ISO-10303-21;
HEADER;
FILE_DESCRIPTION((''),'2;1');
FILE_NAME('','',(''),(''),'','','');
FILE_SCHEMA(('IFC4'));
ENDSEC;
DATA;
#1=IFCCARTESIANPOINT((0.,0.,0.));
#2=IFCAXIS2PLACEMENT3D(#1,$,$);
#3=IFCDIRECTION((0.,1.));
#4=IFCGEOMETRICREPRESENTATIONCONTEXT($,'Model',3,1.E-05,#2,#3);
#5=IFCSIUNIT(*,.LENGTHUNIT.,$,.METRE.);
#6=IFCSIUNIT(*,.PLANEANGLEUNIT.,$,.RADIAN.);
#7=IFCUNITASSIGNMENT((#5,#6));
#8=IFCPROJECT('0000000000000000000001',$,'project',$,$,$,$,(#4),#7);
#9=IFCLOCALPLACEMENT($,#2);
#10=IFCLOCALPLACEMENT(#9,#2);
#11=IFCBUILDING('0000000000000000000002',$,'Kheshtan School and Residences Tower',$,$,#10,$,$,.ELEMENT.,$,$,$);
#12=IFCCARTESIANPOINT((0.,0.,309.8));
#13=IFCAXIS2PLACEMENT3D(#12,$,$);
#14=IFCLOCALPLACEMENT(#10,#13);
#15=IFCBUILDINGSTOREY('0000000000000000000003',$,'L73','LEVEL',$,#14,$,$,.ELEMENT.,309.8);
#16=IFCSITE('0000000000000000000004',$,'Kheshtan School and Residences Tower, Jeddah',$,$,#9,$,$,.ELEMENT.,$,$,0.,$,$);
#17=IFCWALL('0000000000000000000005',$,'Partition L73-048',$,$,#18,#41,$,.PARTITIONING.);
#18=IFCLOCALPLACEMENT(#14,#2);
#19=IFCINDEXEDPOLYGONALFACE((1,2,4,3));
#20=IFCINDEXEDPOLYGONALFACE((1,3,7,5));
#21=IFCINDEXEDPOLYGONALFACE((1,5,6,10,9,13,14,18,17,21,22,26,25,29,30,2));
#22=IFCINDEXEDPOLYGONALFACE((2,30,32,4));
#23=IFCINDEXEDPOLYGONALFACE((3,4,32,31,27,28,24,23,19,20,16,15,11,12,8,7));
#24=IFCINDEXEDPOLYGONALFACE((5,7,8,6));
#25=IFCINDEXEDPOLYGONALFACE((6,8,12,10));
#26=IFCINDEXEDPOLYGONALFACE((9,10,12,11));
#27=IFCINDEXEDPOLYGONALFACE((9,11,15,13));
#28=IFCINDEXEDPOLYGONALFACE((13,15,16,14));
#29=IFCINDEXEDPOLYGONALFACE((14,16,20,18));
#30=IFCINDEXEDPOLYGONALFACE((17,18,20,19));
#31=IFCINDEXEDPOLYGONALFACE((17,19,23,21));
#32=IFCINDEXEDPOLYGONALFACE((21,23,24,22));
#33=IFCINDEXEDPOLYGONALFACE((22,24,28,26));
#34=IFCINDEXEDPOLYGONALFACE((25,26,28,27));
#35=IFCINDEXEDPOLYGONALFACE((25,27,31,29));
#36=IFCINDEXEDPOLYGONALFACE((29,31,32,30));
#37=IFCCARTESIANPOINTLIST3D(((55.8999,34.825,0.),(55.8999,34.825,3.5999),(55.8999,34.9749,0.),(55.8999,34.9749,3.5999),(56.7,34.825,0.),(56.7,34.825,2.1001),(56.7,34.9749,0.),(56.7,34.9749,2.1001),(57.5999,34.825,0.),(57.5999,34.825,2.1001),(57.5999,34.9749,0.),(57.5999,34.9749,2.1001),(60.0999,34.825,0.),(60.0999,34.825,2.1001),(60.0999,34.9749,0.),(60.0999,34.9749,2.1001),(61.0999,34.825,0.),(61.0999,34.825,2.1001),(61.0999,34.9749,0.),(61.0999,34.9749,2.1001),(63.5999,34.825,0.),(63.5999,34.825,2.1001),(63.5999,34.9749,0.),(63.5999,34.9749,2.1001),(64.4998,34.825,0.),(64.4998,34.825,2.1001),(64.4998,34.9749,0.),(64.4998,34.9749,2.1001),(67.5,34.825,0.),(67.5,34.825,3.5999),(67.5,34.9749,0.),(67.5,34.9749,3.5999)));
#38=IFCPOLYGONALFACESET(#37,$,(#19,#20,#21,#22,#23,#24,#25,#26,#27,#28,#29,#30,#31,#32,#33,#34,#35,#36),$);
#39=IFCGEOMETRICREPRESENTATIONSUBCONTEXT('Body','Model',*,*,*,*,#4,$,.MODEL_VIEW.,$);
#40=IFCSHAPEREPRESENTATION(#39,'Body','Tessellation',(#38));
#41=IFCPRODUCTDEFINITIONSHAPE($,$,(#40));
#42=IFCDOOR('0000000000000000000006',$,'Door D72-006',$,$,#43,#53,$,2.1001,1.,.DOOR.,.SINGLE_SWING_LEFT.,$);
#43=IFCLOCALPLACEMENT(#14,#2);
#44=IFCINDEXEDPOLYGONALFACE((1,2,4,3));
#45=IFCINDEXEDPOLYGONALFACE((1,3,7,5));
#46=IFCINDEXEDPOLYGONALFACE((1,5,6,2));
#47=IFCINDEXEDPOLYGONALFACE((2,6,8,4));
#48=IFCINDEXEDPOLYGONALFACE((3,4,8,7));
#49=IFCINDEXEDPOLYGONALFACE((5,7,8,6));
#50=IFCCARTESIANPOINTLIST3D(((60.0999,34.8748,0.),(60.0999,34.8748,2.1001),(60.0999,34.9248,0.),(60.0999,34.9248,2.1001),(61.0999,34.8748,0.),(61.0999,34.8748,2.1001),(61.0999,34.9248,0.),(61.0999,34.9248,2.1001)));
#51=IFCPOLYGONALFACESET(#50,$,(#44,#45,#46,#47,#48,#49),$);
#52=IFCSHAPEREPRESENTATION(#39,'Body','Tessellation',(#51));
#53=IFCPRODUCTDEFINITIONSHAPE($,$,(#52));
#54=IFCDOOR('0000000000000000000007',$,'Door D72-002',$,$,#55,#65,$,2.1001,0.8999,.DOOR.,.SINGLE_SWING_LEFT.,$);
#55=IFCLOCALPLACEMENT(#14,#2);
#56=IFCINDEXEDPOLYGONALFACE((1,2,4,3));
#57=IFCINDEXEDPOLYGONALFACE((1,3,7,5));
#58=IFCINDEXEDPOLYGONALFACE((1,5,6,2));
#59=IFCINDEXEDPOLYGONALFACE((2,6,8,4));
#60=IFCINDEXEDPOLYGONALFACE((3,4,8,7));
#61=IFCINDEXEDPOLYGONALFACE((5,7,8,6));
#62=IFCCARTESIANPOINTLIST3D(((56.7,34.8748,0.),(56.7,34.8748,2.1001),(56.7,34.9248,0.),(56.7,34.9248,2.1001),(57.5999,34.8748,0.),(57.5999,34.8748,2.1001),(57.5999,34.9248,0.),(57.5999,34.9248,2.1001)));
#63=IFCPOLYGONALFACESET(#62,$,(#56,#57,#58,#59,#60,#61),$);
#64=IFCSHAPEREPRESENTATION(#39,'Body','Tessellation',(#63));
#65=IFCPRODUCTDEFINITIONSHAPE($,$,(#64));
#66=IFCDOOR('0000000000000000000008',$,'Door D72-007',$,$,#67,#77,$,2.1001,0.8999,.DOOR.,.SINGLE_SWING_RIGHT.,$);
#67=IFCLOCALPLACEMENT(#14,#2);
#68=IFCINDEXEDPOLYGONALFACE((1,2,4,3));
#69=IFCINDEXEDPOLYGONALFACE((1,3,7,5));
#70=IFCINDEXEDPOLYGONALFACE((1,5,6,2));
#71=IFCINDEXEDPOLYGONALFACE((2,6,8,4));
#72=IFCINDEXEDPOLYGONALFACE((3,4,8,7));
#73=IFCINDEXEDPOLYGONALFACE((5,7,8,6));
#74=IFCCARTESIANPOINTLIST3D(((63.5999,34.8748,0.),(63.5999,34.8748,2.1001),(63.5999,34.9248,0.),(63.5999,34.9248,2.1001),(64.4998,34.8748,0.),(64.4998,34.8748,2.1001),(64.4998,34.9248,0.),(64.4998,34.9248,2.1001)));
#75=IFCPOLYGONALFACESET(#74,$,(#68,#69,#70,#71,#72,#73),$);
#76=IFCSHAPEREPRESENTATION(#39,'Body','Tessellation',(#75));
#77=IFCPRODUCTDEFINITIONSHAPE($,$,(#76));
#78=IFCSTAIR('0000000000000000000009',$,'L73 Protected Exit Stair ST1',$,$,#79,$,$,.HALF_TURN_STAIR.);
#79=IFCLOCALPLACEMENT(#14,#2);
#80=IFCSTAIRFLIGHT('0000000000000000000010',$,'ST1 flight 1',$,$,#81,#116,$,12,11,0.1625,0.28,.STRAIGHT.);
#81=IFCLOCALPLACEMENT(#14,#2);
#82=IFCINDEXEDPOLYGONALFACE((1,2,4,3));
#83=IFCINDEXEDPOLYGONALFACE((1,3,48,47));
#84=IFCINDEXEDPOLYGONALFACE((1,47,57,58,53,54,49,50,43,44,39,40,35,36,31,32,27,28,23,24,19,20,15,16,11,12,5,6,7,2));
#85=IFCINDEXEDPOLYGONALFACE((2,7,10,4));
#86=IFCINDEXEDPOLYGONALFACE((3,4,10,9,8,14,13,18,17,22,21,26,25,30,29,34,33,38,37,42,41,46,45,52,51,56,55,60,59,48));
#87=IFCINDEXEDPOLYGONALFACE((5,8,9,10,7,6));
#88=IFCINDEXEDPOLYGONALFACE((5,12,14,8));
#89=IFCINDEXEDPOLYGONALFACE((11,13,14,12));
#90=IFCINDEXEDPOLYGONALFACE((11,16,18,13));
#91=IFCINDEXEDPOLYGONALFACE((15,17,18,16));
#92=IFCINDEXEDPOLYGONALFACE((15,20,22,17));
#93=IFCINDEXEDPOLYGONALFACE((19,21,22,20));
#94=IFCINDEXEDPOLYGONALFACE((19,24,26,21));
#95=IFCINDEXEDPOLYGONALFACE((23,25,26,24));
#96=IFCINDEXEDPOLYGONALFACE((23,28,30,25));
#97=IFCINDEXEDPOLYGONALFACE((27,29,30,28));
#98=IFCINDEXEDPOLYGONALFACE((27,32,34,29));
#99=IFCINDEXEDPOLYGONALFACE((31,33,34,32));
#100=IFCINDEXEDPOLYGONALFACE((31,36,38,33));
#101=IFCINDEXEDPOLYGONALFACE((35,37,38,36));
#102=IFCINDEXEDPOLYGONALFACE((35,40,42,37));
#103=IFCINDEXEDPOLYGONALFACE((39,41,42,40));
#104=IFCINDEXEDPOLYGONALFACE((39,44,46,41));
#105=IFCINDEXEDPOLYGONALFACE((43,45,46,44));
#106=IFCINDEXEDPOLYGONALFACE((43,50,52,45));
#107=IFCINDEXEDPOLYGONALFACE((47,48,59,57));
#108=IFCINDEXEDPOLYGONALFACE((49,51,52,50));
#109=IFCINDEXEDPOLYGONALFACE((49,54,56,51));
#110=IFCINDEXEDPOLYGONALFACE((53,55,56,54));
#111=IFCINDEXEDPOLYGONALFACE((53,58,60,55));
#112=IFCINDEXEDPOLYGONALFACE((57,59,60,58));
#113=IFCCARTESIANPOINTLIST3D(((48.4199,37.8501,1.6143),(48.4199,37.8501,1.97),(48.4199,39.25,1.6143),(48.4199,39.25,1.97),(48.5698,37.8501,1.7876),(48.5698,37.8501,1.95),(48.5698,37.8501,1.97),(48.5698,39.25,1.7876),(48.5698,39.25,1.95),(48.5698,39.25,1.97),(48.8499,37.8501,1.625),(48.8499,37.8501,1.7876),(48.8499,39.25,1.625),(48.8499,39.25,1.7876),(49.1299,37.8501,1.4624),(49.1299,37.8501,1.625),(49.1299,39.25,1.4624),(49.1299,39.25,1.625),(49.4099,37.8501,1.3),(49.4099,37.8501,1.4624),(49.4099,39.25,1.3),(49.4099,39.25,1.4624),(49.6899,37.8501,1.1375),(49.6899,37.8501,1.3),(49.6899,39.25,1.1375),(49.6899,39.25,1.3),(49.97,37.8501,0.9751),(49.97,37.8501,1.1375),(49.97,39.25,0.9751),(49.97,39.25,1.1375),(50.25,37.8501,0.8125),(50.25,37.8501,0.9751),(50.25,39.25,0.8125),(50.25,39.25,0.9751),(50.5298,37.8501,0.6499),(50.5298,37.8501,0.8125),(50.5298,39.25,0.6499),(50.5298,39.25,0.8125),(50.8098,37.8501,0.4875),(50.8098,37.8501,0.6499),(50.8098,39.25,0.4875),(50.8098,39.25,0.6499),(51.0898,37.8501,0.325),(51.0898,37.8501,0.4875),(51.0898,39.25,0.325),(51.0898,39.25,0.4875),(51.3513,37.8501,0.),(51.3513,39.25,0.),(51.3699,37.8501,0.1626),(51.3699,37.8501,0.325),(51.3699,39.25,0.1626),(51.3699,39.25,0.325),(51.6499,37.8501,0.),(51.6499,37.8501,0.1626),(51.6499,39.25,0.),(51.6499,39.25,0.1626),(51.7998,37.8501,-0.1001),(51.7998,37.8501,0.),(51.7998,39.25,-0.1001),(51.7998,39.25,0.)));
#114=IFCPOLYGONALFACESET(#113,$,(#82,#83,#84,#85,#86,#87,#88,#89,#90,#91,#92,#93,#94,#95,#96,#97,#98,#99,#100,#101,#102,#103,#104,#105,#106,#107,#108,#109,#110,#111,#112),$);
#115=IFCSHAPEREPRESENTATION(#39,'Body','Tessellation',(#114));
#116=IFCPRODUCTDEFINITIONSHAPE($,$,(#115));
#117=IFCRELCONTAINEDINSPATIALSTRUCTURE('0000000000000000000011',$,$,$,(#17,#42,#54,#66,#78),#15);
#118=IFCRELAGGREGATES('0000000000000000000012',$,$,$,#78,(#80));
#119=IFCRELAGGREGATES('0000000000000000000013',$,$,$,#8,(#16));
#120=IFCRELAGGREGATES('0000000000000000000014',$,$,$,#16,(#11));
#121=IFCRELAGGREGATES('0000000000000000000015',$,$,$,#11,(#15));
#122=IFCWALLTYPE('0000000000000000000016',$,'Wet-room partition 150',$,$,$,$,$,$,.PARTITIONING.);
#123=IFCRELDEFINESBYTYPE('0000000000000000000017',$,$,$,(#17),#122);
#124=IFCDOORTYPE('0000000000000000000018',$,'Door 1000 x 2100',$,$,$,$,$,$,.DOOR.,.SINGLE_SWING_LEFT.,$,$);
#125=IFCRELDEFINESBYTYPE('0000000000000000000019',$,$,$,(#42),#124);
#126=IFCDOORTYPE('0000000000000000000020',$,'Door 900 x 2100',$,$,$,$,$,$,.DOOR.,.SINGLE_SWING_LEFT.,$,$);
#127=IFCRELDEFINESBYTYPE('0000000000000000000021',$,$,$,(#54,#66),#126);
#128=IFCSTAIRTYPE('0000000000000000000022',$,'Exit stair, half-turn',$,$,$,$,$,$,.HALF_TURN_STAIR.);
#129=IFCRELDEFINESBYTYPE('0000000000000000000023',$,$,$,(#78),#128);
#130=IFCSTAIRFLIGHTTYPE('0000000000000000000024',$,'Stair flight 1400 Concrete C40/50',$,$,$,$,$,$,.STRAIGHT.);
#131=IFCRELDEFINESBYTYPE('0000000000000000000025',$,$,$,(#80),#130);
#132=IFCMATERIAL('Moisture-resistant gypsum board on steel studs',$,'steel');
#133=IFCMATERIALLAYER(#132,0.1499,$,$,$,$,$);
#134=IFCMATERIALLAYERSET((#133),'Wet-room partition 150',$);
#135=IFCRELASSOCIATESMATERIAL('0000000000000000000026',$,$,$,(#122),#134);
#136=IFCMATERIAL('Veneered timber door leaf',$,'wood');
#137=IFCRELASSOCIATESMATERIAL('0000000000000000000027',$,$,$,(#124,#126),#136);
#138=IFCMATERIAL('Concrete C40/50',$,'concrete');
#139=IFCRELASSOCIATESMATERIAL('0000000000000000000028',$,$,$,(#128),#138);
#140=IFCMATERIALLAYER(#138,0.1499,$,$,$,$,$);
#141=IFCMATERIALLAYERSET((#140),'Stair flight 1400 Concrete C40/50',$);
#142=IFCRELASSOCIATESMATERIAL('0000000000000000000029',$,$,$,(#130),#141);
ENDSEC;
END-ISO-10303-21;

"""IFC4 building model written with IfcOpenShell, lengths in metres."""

from ifc_helpers import new_model, si_unit, direction, frame, frame_2d, origin, place, context, subcontext, project, spatial, polyline, rectangle, outline, extrude, source, transform, mapped, material, layer, layer_set, type_object, element, fill, aggregate, save


model = new_model("IFC4")

# Units and contexts
model_context = context("Model", 3, precision=1e-05, world=origin(), true_north=direction((0.0, 1.0)))
body_context = subcontext(model_context, "Body", "Model", "MODEL_VIEW")
ifc_project = project(units=[si_unit("LENGTHUNIT", "METRE"), si_unit("PLANEANGLEUNIT", "RADIAN")], contexts=[model_context])

# Site, building, storey
site_placement = place(None, origin())
site = spatial("IfcSite", under=ifc_project, at=site_placement, Name="Kheshtan School and Residences Tower, Jeddah", CompositionType="ELEMENT", RefElevation=0.0)
building_placement = place(site_placement, origin())
building = spatial("IfcBuilding", under=site, at=building_placement, Name="Kheshtan School and Residences Tower", CompositionType="ELEMENT")
storey_placement = place(building_placement, frame((0.0, 0.0, 309.8)))
storey = spatial("IfcBuildingStorey", under=building, at=storey_placement, Name="L73", Description="LEVEL", CompositionType="ELEMENT", Elevation=309.8)

# Shared definitions
ifc_material_1 = material(Name="Concrete C40/50", Category="concrete")

# Wall, openings, doors
ifc_material_2 = material(Name="Moisture-resistant gypsum board on steel studs", Category="steel")
ifc_layer_1 = layer(ifc_material_2, 0.1499)
ifc_layer_set_1 = layer_set([ifc_layer_1], Name="Wet-room partition 150")
wall_type_1 = type_object("IfcWallType", Name="Wet-room partition 150", PredefinedType="PARTITIONING", material=ifc_layer_set_1)
wall_1_placement = place(storey_placement, frame((55.8999, 34.8999, 0.0), z_axis=(0.0, 0.0, 1.0), x_axis=(1.0, 0.0, 0.0)))
wall_1 = element("IfcWall", 1, at=wall_1_placement, inside=storey, type_object=wall_type_1, Name="Partition L73-048", PredefinedType="PARTITIONING", context=body_context, shape_type="SweptSolid", body=[
    extrude(rectangle(XDim=11.6001, YDim=0.1499, at=frame_2d((5.8, 0.0))), origin(), (0.0, 0.0, 1.0), 3.5999),
])
opening_1_placement = place(wall_1_placement, frame((0.8, 0.0, 0.0)))
opening_1 = element("IfcOpeningElement", 2, at=opening_1_placement, cuts=wall_1, PredefinedType="OPENING", context=body_context, shape_type="SweptSolid", body=[
    extrude(rectangle(XDim=0.8999, YDim=2.1001, at=frame_2d((0.45, 1.05))), frame((0.0, 0.085, 0.0), z_axis=(0.0, -1.0, 0.0), x_axis=(1.0, 0.0, 0.0)), (0.0, 0.0, 1.0), 0.1699),
])
opening_2_placement = place(wall_1_placement, frame((4.2, 0.0, 0.0)))
opening_2 = element("IfcOpeningElement", 3, at=opening_2_placement, cuts=wall_1, PredefinedType="OPENING", context=body_context, shape_type="SweptSolid", body=[
    extrude(rectangle(XDim=1.0, YDim=2.1001, at=frame_2d((0.5, 1.05))), frame((0.0, 0.085, 0.0), z_axis=(0.0, -1.0, 0.0), x_axis=(1.0, 0.0, 0.0)), (0.0, 0.0, 1.0), 0.1699),
])
opening_3_placement = place(wall_1_placement, frame((7.7, 0.0, 0.0)))
opening_3 = element("IfcOpeningElement", 4, at=opening_3_placement, cuts=wall_1, PredefinedType="OPENING", context=body_context, shape_type="SweptSolid", body=[
    extrude(rectangle(XDim=0.8999, YDim=2.1001, at=frame_2d((0.45, 1.05))), frame((0.0, 0.085, 0.0), z_axis=(0.0, -1.0, 0.0), x_axis=(1.0, 0.0, 0.0)), (0.0, 0.0, 1.0), 0.1699),
])
ifc_material_3 = material(Name="Veneered timber door leaf", Category="wood")
door_type_1 = type_object("IfcDoorType", Name="Door 1000 x 2100", OperationType="SINGLE_SWING_LEFT", PredefinedType="DOOR", material=ifc_material_3)
shared_shape_1 = source(origin(), body_context, "Body", "SweptSolid", [
    extrude(rectangle(XDim=1.0, YDim=2.1001, at=frame_2d((0.5, 1.05))), frame((0.0, 0.0249, 0.0), z_axis=(0.0, -1.0, 0.0), x_axis=(1.0, 0.0, 0.0)), (0.0, 0.0, 1.0), 0.05),
])
door_1_placement = place(opening_2_placement, origin())
door_1 = element("IfcDoor", 5, at=door_1_placement, inside=storey, type_object=door_type_1, Name="Door D72-006", OperationType="SINGLE_SWING_LEFT", OverallHeight=2.1001, OverallWidth=1.0, PredefinedType="DOOR", context=body_context, shape_type="MappedRepresentation", body=[
    mapped(shared_shape_1, transform((0.0, 0.0, 0.0), x_axis=(1.0, 0.0, 0.0), y_axis=(0.0, 1.0, 0.0), z_axis=(0.0, 0.0, 1.0), scale=1.0)),
])
fill(opening_2, door_1)
door_type_2 = type_object("IfcDoorType", Name="Door 900 x 2100", OperationType="SINGLE_SWING_LEFT", PredefinedType="DOOR", material=ifc_material_3)
shared_shape_2 = source(origin(), body_context, "Body", "SweptSolid", [
    extrude(rectangle(XDim=0.8999, YDim=2.1001, at=frame_2d((0.45, 1.05))), frame((0.0, 0.0249, 0.0), z_axis=(0.0, -1.0, 0.0), x_axis=(1.0, 0.0, 0.0)), (0.0, 0.0, 1.0), 0.05),
])
door_2_placement = place(opening_1_placement, origin())
door_2 = element("IfcDoor", 6, at=door_2_placement, inside=storey, type_object=door_type_2, Name="Door D72-002", OperationType="SINGLE_SWING_LEFT", OverallHeight=2.1001, OverallWidth=0.8999, PredefinedType="DOOR", context=body_context, shape_type="MappedRepresentation", body=[
    mapped(shared_shape_2, transform((0.0, 0.0, 0.0), x_axis=(1.0, 0.0, 0.0), y_axis=(0.0, 1.0, 0.0), z_axis=(0.0, 0.0, 1.0), scale=1.0)),
])
fill(opening_1, door_2)
door_3_placement = place(opening_3_placement, origin())
door_3 = element("IfcDoor", 7, at=door_3_placement, inside=storey, type_object=door_type_2, Name="Door D72-007", OperationType="SINGLE_SWING_RIGHT", OverallHeight=2.1001, OverallWidth=0.8999, PredefinedType="DOOR", context=body_context, shape_type="MappedRepresentation", body=[
    mapped(shared_shape_2, transform((0.0, 0.0, 0.0), x_axis=(1.0, 0.0, 0.0), y_axis=(0.0, 1.0, 0.0), z_axis=(0.0, 0.0, 1.0), scale=1.0)),
])
fill(opening_3, door_3)

# Stair, stair flight
stair_type = type_object("IfcStairType", Name="Exit stair, half-turn", PredefinedType="HALF_TURN_STAIR", material=ifc_material_1)
stair_placement = place(storey_placement, origin())
stair = element("IfcStair", 8, at=stair_placement, inside=storey, type_object=stair_type, Name="L73 Protected Exit Stair ST1", PredefinedType="HALF_TURN_STAIR")
ifc_layer_2 = layer(ifc_material_1, 0.1499)
ifc_layer_set_2 = layer_set([ifc_layer_2], Name="Stair flight 1400 Concrete C40/50")
stair_flight_type = type_object("IfcStairFlightType", Name="Stair flight 1400 Concrete C40/50", PredefinedType="STRAIGHT", material=ifc_layer_set_2)
stair_flight_placement = place(storey_placement, frame((51.6499, 38.55, 0.0), z_axis=(0.0, 0.0, 1.0), x_axis=(-1.0, 0.0, 0.0)))
stair_flight = element("IfcStairFlight", 9, at=stair_flight_placement, type_object=stair_flight_type, Name="ST1 flight 1", NumberOfRisers=12, NumberOfTreads=11, PredefinedType="STRAIGHT", RiserHeight=0.1625, TreadLength=0.28, context=body_context, shape_type="SweptSolid", body=[
    extrude(outline(polyline([(-0.1499, -0.1001), (-0.1499, 0.0), (0.0, 0.0), (0.0, 0.1626), (0.28, 0.1626), (0.28, 0.325), (0.5601, 0.325), (0.5601, 0.4875), (0.8401, 0.4875), (0.8401, 0.6499), (1.1201, 0.6499), (1.1201, 0.8125), (1.3999, 0.8125), (1.3999, 0.9751), (1.6799, 0.9751), (1.6799, 1.1375), (1.96, 1.1375), (1.96, 1.3), (2.24, 1.3), (2.24, 1.4624), (2.52, 1.4624), (2.52, 1.625), (2.8, 1.625), (2.8, 1.7876), (3.0801, 1.7876), (3.0801, 1.95), (3.0801, 1.97), (3.23, 1.97), (3.23, 1.6143), (0.2986, 0.0), (-0.1499, -0.1001)])), frame((0.0, 0.7, 0.0), z_axis=(0.0, -1.0, 0.0), x_axis=(1.0, 0.0, 0.0)), (0.0, 0.0, 1.0), 1.3999),
])
aggregate(stair, [stair_flight])

save(model, "model.ifc")
